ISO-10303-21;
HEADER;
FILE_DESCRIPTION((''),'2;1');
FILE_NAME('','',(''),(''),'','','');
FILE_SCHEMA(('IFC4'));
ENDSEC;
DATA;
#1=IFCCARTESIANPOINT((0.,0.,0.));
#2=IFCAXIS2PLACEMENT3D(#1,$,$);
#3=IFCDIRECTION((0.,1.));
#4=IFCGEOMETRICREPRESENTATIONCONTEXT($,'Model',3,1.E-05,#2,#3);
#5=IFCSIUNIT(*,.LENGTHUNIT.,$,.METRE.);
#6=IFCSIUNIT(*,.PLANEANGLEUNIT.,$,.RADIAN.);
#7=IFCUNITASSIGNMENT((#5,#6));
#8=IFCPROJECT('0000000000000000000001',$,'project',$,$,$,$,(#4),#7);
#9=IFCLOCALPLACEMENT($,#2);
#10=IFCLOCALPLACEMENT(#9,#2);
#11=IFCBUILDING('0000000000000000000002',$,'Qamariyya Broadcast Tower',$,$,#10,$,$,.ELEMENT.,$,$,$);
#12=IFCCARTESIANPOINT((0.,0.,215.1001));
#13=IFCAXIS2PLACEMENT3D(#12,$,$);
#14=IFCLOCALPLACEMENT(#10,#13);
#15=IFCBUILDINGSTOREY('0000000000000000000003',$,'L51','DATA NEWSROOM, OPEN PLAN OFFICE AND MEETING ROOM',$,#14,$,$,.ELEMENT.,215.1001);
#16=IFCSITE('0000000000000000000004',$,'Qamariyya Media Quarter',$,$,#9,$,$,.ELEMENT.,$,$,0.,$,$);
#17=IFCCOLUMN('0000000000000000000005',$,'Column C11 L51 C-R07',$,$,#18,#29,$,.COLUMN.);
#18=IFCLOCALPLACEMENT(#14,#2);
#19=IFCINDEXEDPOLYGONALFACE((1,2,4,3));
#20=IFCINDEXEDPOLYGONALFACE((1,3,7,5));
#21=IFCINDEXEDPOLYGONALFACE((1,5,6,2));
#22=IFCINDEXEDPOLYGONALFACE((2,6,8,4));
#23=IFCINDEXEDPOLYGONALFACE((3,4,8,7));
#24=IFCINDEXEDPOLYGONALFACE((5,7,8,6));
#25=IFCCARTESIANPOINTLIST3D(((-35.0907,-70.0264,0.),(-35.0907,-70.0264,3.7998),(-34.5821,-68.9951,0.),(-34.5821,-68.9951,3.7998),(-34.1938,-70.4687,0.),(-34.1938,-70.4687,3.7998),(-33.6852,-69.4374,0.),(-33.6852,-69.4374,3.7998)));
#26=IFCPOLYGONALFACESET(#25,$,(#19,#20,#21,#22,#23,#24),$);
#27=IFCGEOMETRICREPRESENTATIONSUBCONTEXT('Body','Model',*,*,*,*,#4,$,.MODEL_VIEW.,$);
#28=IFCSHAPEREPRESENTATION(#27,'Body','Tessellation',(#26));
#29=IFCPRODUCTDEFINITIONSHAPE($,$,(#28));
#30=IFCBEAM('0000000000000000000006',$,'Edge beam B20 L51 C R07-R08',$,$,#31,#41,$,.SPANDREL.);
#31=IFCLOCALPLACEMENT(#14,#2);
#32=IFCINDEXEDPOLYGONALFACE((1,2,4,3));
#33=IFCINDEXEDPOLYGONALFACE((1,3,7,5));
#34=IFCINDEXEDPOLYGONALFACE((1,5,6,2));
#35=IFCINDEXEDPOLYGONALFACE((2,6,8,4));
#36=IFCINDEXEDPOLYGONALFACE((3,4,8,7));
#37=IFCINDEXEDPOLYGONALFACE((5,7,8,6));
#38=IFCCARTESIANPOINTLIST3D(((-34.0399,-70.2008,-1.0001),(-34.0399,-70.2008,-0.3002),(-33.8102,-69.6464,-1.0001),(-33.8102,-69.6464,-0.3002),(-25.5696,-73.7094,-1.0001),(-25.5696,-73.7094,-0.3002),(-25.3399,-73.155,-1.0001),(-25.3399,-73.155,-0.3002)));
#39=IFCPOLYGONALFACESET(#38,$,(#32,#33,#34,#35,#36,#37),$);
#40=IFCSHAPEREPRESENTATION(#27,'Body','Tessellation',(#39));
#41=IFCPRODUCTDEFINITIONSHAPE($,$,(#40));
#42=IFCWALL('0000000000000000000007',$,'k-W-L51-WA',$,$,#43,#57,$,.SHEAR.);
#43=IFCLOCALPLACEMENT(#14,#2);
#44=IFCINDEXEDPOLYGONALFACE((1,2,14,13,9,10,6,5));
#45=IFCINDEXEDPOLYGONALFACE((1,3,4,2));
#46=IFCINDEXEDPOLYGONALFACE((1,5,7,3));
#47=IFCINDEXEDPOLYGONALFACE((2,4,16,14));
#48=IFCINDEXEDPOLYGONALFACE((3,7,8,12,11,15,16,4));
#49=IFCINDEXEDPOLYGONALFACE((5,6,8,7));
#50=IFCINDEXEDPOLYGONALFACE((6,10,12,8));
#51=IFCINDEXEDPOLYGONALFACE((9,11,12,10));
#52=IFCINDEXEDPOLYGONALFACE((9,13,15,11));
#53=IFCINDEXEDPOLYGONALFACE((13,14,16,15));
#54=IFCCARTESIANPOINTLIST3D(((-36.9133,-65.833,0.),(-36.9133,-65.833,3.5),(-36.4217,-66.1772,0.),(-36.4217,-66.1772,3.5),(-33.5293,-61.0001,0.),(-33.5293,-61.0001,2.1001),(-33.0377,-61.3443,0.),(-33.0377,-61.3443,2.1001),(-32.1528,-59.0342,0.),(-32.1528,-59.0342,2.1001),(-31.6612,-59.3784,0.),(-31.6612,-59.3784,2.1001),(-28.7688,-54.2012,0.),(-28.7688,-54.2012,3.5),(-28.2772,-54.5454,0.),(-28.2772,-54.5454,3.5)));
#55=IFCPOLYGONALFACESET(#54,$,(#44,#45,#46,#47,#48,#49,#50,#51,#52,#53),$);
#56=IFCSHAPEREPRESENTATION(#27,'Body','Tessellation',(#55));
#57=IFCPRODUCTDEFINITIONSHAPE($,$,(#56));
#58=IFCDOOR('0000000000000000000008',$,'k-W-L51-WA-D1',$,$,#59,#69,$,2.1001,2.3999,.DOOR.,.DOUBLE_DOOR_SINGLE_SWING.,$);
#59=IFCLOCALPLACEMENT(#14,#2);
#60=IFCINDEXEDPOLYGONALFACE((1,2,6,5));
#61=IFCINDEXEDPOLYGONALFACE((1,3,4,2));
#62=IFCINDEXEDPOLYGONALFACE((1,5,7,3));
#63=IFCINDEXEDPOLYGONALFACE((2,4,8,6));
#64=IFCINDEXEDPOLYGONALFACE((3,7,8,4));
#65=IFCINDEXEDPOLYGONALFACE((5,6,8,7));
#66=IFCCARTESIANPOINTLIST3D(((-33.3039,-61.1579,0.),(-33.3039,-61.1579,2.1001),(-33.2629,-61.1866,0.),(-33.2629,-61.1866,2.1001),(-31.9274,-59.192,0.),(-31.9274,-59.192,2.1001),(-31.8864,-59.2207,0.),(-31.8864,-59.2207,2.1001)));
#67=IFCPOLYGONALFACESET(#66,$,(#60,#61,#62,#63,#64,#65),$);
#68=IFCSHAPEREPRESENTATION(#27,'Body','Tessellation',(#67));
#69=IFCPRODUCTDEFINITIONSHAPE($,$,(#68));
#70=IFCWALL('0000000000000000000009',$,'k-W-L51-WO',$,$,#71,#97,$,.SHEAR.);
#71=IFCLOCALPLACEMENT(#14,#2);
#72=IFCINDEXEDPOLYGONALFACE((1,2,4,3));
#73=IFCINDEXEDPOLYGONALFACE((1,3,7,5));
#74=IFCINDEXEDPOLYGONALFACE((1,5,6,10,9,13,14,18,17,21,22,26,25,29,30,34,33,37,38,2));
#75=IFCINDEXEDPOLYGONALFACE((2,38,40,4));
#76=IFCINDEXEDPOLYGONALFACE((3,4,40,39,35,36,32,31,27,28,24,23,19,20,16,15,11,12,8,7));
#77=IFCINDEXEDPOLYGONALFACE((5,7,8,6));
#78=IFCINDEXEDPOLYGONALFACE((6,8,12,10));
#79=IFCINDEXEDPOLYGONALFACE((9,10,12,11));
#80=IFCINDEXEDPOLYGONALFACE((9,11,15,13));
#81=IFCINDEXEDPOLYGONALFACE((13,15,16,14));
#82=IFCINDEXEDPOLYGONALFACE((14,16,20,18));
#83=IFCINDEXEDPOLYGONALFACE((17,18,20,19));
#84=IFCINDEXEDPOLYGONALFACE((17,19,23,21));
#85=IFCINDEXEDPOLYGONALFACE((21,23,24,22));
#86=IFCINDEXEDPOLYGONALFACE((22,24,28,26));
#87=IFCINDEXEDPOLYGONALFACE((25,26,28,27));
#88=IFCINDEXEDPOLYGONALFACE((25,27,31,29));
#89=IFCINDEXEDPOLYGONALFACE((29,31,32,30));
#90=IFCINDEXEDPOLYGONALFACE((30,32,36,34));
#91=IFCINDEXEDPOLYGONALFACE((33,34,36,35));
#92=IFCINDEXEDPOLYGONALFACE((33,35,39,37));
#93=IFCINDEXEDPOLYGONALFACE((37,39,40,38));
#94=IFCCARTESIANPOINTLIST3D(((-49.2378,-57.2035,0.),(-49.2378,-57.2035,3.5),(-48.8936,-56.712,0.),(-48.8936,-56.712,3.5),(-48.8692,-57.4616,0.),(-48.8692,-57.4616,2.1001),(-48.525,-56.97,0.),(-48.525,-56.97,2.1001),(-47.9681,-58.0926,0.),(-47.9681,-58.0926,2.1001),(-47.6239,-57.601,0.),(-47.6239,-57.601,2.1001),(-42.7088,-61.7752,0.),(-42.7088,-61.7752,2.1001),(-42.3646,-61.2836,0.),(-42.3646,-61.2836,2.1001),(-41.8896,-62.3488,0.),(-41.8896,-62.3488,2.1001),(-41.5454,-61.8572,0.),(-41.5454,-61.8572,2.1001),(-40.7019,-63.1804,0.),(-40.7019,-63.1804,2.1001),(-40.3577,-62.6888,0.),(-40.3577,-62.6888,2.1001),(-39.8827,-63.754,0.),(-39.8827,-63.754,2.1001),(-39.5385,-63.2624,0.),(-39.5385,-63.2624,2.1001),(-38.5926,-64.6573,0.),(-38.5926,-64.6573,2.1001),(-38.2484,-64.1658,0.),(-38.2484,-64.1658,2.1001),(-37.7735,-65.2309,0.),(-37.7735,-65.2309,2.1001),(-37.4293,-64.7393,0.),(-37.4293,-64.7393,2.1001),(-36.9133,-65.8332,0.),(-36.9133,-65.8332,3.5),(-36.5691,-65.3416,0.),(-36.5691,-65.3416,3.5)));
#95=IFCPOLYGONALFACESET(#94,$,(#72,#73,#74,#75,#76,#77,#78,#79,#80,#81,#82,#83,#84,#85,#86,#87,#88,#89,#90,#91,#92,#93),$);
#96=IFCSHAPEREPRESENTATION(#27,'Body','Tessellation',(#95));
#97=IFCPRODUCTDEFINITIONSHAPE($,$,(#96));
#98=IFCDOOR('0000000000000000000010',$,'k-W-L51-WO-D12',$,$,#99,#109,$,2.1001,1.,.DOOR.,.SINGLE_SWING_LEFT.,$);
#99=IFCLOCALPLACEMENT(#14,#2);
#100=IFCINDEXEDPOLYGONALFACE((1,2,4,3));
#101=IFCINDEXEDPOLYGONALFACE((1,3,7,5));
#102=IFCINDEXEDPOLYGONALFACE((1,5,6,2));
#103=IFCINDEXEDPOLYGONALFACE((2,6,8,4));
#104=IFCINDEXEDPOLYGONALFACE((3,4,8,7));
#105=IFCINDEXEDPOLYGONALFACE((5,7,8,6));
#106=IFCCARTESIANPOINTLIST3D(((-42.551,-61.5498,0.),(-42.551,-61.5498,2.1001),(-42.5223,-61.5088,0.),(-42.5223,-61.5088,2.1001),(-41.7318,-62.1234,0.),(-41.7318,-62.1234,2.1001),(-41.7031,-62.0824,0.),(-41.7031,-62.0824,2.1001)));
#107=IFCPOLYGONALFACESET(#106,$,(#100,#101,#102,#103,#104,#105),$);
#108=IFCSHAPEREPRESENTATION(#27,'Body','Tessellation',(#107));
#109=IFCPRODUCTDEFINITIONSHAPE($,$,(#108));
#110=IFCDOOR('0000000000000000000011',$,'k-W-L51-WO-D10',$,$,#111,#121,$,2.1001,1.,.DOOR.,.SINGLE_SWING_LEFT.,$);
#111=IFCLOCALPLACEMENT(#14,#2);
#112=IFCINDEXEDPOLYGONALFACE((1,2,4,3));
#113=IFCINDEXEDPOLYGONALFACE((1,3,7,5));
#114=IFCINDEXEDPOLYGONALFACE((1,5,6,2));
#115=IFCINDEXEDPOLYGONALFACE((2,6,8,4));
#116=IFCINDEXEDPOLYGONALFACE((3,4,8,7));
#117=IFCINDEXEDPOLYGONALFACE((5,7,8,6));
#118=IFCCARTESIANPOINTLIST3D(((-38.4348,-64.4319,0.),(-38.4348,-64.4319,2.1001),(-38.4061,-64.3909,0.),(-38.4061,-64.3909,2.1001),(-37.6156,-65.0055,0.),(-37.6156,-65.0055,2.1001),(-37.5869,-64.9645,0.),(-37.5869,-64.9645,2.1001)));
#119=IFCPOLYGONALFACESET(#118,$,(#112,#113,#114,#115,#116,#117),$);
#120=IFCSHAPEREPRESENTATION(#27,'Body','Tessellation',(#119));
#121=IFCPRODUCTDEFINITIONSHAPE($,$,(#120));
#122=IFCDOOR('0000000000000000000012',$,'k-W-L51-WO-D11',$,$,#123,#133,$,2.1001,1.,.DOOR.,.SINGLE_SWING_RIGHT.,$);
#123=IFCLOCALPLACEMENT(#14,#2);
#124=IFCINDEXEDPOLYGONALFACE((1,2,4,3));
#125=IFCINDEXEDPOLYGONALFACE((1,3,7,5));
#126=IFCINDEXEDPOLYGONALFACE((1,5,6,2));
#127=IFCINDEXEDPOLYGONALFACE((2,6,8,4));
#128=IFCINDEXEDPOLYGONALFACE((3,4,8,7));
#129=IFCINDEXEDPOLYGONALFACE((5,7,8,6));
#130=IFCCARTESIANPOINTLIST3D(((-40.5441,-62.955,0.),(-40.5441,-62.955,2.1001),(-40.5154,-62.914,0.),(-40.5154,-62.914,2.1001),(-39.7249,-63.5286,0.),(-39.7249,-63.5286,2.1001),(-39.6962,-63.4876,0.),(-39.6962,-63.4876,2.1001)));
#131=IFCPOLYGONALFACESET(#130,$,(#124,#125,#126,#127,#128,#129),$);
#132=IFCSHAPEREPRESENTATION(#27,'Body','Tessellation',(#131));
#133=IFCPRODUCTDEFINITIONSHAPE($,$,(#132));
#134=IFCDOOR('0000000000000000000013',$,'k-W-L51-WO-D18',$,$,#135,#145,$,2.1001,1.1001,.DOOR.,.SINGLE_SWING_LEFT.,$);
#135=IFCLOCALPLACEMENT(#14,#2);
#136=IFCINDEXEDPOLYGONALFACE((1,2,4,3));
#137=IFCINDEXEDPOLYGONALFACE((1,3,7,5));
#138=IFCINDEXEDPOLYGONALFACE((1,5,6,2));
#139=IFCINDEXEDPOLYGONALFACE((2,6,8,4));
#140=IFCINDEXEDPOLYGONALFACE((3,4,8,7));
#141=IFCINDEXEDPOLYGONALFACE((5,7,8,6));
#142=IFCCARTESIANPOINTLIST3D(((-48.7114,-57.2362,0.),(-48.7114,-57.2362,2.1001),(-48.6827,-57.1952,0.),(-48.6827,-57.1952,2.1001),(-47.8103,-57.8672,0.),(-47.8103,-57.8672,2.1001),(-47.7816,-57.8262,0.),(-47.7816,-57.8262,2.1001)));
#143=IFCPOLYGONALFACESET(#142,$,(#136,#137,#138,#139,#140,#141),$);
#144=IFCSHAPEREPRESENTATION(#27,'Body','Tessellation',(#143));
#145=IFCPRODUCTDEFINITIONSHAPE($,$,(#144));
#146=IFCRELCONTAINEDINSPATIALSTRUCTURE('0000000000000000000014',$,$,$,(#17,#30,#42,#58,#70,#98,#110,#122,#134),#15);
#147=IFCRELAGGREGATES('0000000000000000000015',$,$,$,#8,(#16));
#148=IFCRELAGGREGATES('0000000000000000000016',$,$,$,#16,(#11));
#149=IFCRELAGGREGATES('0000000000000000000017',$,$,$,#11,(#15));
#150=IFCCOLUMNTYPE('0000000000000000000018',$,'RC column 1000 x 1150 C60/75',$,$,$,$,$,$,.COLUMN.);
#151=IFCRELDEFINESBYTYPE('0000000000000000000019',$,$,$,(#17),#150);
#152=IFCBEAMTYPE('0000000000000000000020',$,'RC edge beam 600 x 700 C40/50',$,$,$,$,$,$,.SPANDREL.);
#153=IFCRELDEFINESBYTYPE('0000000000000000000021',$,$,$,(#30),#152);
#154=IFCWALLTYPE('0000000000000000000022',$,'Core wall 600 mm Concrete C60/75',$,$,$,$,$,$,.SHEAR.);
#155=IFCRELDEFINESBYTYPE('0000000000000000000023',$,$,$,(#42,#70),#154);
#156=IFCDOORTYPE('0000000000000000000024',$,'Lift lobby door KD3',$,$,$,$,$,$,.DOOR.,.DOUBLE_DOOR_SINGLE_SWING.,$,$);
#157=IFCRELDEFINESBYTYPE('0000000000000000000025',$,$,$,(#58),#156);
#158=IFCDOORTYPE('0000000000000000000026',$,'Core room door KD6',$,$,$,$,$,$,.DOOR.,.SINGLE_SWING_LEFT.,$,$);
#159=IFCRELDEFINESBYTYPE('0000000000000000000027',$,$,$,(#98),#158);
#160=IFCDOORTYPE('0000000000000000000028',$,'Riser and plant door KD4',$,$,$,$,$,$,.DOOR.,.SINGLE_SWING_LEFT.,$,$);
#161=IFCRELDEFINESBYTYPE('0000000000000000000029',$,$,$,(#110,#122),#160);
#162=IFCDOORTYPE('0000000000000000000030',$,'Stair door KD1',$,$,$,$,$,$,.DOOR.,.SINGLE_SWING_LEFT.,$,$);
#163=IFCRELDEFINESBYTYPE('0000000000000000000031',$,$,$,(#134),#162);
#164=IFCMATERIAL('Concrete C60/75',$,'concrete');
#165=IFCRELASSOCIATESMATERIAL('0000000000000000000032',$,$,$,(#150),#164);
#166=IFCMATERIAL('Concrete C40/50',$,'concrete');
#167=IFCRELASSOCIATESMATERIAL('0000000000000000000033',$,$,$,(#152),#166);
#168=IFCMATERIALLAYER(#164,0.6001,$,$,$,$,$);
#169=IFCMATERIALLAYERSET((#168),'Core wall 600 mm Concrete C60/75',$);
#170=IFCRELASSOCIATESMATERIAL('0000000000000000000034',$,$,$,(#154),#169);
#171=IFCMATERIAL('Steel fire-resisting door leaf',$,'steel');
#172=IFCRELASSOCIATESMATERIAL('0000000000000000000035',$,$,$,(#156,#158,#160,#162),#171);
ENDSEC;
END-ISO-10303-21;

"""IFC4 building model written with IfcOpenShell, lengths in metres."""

from ifc_helpers import new_model, si_unit, direction, frame, frame_2d, origin, origin_2d, place, context, subcontext, project, spatial, rectangle, extrude, material, layer, layer_set, material_profile, profile_set, type_object, element, fill, save


model = new_model("IFC4")

# Units and contexts
model_context = context("Model", 3, precision=1e-05, world=origin(), true_north=direction((0.0, 1.0)))
body_context = subcontext(model_context, "Body", "Model", "MODEL_VIEW")
ifc_project = project(units=[si_unit("LENGTHUNIT", "METRE"), si_unit("PLANEANGLEUNIT", "RADIAN")], contexts=[model_context])

# Site, building, storey
site_placement = place(None, origin())
site = spatial("IfcSite", under=ifc_project, at=site_placement, Name="Qamariyya Media Quarter", CompositionType="ELEMENT", RefElevation=0.0)
building_placement = place(site_placement, origin())
building = spatial("IfcBuilding", under=site, at=building_placement, Name="Qamariyya Broadcast Tower", CompositionType="ELEMENT")
storey_placement = place(building_placement, frame((0.0, 0.0, 215.1001)))
storey = spatial("IfcBuildingStorey", under=building, at=storey_placement, Name="L51", Description="DATA NEWSROOM, OPEN PLAN OFFICE AND MEETING ROOM", CompositionType="ELEMENT", Elevation=215.1001)

# Column
ifc_material_1 = material(Name="Concrete C60/75", Category="concrete")
ifc_material_profile_1 = material_profile(ifc_material_1, rectangle(XDim=1.0, YDim=1.1499, at=origin_2d()))
ifc_profile_set_1 = profile_set([ifc_material_profile_1], Name="Concrete C60/75")
column_type = type_object("IfcColumnType", Name="RC column 1000 x 1150 C60/75", PredefinedType="COLUMN", material=ifc_profile_set_1)
column_placement = place(storey_placement, frame((-34.3879, -69.7319, 0.0), z_axis=(0.0, 0.0, 1.0), x_axis=(0.896873, -0.442289, 0.0)))
element("IfcColumn", 1, at=column_placement, inside=storey, type_object=column_type, Name="Column C11 L51 C-R07", PredefinedType="COLUMN", context=body_context, shape_type="SweptSolid", body=[
    extrude(rectangle(XDim=1.0, YDim=1.1499, at=origin_2d()), origin(), (0.0, 0.0, 1.0), 3.7998),
])

# Beam
ifc_material_2 = material(Name="Concrete C40/50", Category="concrete")
ifc_material_profile_2 = material_profile(ifc_material_2, rectangle(XDim=0.6001, YDim=0.7, at=origin_2d()))
ifc_profile_set_2 = profile_set([ifc_material_profile_2], Name="Concrete C40/50")
beam_type = type_object("IfcBeamType", Name="RC edge beam 600 x 700 C40/50", PredefinedType="SPANDREL", material=ifc_profile_set_2)
beam_placement = place(storey_placement, frame((-33.925, -69.9236, -0.6501), z_axis=(0.923877, -0.38269, 0.0), x_axis=(0.38269, 0.923877, 0.0)))
element("IfcBeam", 2, at=beam_placement, inside=storey, type_object=beam_type, Name="Edge beam B20 L51 C R07-R08", PredefinedType="SPANDREL", context=body_context, shape_type="SweptSolid", body=[
    extrude(rectangle(XDim=0.6001, YDim=0.7, at=origin_2d()), origin(), (0.0, 0.0, 1.0), 9.1682),
])

# Wall, opening, door
ifc_layer_1 = layer(ifc_material_1, 0.6001)
ifc_layer_set_1 = layer_set([ifc_layer_1], Name="Core wall 600 mm Concrete C60/75")
wall_type_1 = type_object("IfcWallType", Name="Core wall 600 mm Concrete C60/75", PredefinedType="SHEAR", material=ifc_layer_set_1)
wall_1_placement = place(storey_placement, frame((-36.6675, -66.0051, 0.0), z_axis=(0.0, 0.0, 1.0), x_axis=(0.573568, 0.819158, 0.0)))
wall_1 = element("IfcWall", 3, at=wall_1_placement, inside=storey, type_object=wall_type_1, Name="k-W-L51-WA", PredefinedType="SHEAR", context=body_context, shape_type="SweptSolid", body=[
    extrude(rectangle(XDim=14.1997, YDim=0.6001, at=frame_2d((7.0999, 0.0))), origin(), (0.0, 0.0, 1.0), 3.5),
])
opening_1_placement = place(wall_1_placement, frame((5.8999, 0.0, 0.0)))
opening_1 = element("IfcOpeningElement", 4, at=opening_1_placement, cuts=wall_1, PredefinedType="OPENING", context=body_context, shape_type="SweptSolid", body=[
    extrude(rectangle(XDim=2.3999, YDim=2.1001, at=frame_2d((1.2, 1.05))), frame((0.0, 0.3101, 0.0), z_axis=(0.0, -1.0, 0.0), x_axis=(1.0, 0.0, 0.0)), (0.0, 0.0, 1.0), 0.6201),
])
ifc_material_3 = material(Name="Steel fire-resisting door leaf", Category="steel")
door_type_1 = type_object("IfcDoorType", Name="Lift lobby door KD3", OperationType="DOUBLE_DOOR_SINGLE_SWING", PredefinedType="DOOR", material=ifc_material_3)
door_1_placement = place(opening_1_placement, origin())
door_1 = element("IfcDoor", 5, at=door_1_placement, inside=storey, type_object=door_type_1, Name="k-W-L51-WA-D1", OperationType="DOUBLE_DOOR_SINGLE_SWING", OverallHeight=2.1001, OverallWidth=2.3999, PredefinedType="DOOR", context=body_context, shape_type="SweptSolid", body=[
    extrude(rectangle(XDim=2.3999, YDim=2.1001, at=frame_2d((1.2, 1.05))), frame((0.0, 0.0249, 0.0), z_axis=(0.0, -1.0, 0.0), x_axis=(1.0, 0.0, 0.0)), (0.0, 0.0, 1.0), 0.05),
])
fill(opening_1, door_1)

# Wall, openings, doors
wall_2_placement = place(storey_placement, frame((-36.7412, -65.5874, 0.0), z_axis=(0.0, 0.0, 1.0), x_axis=(-0.819153, 0.573575, 0.0)))
wall_2 = element("IfcWall", 6, at=wall_2_placement, inside=storey, type_object=wall_type_1, Name="k-W-L51-WO", PredefinedType="SHEAR", context=body_context, shape_type="SweptSolid", body=[
    extrude(rectangle(XDim=15.0454, YDim=0.6001, at=frame_2d((7.5227, 0.0))), origin(), (0.0, 0.0, 1.0), 3.5),
])
opening_2_placement = place(wall_2_placement, frame((1.05, 0.0, 0.0)))
opening_2 = element("IfcOpeningElement", 7, at=opening_2_placement, cuts=wall_2, PredefinedType="OPENING", context=body_context, shape_type="SweptSolid", body=[
    extrude(rectangle(XDim=1.0, YDim=2.1001, at=frame_2d((0.5, 1.05))), frame((0.0, 0.3101, 0.0), z_axis=(0.0, -1.0, 0.0), x_axis=(1.0, 0.0, 0.0)), (0.0, 0.0, 1.0), 0.6201),
])
opening_3_placement = place(wall_2_placement, frame((3.625, 0.0, 0.0)))
opening_3 = element("IfcOpeningElement", 8, at=opening_3_placement, cuts=wall_2, PredefinedType="OPENING", context=body_context, shape_type="SweptSolid", body=[
    extrude(rectangle(XDim=1.0, YDim=2.1001, at=frame_2d((0.5, 1.05))), frame((0.0, 0.3101, 0.0), z_axis=(0.0, -1.0, 0.0), x_axis=(1.0, 0.0, 0.0)), (0.0, 0.0, 1.0), 0.6201),
])
opening_4_placement = place(wall_2_placement, frame((6.075, 0.0, 0.0)))
opening_4 = element("IfcOpeningElement", 9, at=opening_4_placement, cuts=wall_2, PredefinedType="OPENING", context=body_context, shape_type="SweptSolid", body=[
    extrude(rectangle(XDim=1.0, YDim=2.1001, at=frame_2d((0.5, 1.05))), frame((0.0, 0.3101, 0.0), z_axis=(0.0, -1.0, 0.0), x_axis=(1.0, 0.0, 0.0)), (0.0, 0.0, 1.0), 0.6201),
])
opening_5_placement = place(wall_2_placement, frame((13.4954, 0.0, 0.0)))
opening_5 = element("IfcOpeningElement", 10, at=opening_5_placement, cuts=wall_2, PredefinedType="OPENING", context=body_context, shape_type="SweptSolid", body=[
    extrude(rectangle(XDim=1.1001, YDim=2.1001, at=frame_2d((0.55, 1.05))), frame((0.0, 0.3101, 0.0), z_axis=(0.0, -1.0, 0.0), x_axis=(1.0, 0.0, 0.0)), (0.0, 0.0, 1.0), 0.6201),
])
door_type_2 = type_object("IfcDoorType", Name="Core room door KD6", OperationType="SINGLE_SWING_LEFT", PredefinedType="DOOR", material=ifc_material_3)
door_2_placement = place(opening_4_placement, origin())
door_2 = element("IfcDoor", 11, at=door_2_placement, inside=storey, type_object=door_type_2, Name="k-W-L51-WO-D12", OperationType="SINGLE_SWING_LEFT", OverallHeight=2.1001, OverallWidth=1.0, PredefinedType="DOOR", context=body_context, shape_type="SweptSolid", body=[
    extrude(rectangle(XDim=1.0, YDim=2.1001, at=frame_2d((0.5, 1.05))), frame((0.0, 0.0249, 0.0), z_axis=(0.0, -1.0, 0.0), x_axis=(1.0, 0.0, 0.0)), (0.0, 0.0, 1.0), 0.05),
])
fill(opening_4, door_2)
door_type_3 = type_object("IfcDoorType", Name="Riser and plant door KD4", OperationType="SINGLE_SWING_LEFT", PredefinedType="DOOR", material=ifc_material_3)
door_3_placement = place(opening_2_placement, origin())
door_3 = element("IfcDoor", 12, at=door_3_placement, inside=storey, type_object=door_type_3, Name="k-W-L51-WO-D10", OperationType="SINGLE_SWING_LEFT", OverallHeight=2.1001, OverallWidth=1.0, PredefinedType="DOOR", context=body_context, shape_type="SweptSolid", body=[
    extrude(rectangle(XDim=1.0, YDim=2.1001, at=frame_2d((0.5, 1.05))), frame((0.0, 0.0249, 0.0), z_axis=(0.0, -1.0, 0.0), x_axis=(1.0, 0.0, 0.0)), (0.0, 0.0, 1.0), 0.05),
])
fill(opening_2, door_3)
door_4_placement = place(opening_3_placement, origin())
door_4 = element("IfcDoor", 13, at=door_4_placement, inside=storey, type_object=door_type_3, Name="k-W-L51-WO-D11", OperationType="SINGLE_SWING_RIGHT", OverallHeight=2.1001, OverallWidth=1.0, PredefinedType="DOOR", context=body_context, shape_type="SweptSolid", body=[
    extrude(rectangle(XDim=1.0, YDim=2.1001, at=frame_2d((0.5, 1.05))), frame((0.0, 0.0249, 0.0), z_axis=(0.0, -1.0, 0.0), x_axis=(1.0, 0.0, 0.0)), (0.0, 0.0, 1.0), 0.05),
])
fill(opening_3, door_4)
door_type_4 = type_object("IfcDoorType", Name="Stair door KD1", OperationType="SINGLE_SWING_LEFT", PredefinedType="DOOR", material=ifc_material_3)
door_5_placement = place(opening_5_placement, origin())
door_5 = element("IfcDoor", 14, at=door_5_placement, inside=storey, type_object=door_type_4, Name="k-W-L51-WO-D18", OperationType="SINGLE_SWING_LEFT", OverallHeight=2.1001, OverallWidth=1.1001, PredefinedType="DOOR", context=body_context, shape_type="SweptSolid", body=[
    extrude(rectangle(XDim=1.1001, YDim=2.1001, at=frame_2d((0.55, 1.05))), frame((0.0, 0.0249, 0.0), z_axis=(0.0, -1.0, 0.0), x_axis=(1.0, 0.0, 0.0)), (0.0, 0.0, 1.0), 0.05),
])
fill(opening_5, door_5)

save(model, "model.ifc")
